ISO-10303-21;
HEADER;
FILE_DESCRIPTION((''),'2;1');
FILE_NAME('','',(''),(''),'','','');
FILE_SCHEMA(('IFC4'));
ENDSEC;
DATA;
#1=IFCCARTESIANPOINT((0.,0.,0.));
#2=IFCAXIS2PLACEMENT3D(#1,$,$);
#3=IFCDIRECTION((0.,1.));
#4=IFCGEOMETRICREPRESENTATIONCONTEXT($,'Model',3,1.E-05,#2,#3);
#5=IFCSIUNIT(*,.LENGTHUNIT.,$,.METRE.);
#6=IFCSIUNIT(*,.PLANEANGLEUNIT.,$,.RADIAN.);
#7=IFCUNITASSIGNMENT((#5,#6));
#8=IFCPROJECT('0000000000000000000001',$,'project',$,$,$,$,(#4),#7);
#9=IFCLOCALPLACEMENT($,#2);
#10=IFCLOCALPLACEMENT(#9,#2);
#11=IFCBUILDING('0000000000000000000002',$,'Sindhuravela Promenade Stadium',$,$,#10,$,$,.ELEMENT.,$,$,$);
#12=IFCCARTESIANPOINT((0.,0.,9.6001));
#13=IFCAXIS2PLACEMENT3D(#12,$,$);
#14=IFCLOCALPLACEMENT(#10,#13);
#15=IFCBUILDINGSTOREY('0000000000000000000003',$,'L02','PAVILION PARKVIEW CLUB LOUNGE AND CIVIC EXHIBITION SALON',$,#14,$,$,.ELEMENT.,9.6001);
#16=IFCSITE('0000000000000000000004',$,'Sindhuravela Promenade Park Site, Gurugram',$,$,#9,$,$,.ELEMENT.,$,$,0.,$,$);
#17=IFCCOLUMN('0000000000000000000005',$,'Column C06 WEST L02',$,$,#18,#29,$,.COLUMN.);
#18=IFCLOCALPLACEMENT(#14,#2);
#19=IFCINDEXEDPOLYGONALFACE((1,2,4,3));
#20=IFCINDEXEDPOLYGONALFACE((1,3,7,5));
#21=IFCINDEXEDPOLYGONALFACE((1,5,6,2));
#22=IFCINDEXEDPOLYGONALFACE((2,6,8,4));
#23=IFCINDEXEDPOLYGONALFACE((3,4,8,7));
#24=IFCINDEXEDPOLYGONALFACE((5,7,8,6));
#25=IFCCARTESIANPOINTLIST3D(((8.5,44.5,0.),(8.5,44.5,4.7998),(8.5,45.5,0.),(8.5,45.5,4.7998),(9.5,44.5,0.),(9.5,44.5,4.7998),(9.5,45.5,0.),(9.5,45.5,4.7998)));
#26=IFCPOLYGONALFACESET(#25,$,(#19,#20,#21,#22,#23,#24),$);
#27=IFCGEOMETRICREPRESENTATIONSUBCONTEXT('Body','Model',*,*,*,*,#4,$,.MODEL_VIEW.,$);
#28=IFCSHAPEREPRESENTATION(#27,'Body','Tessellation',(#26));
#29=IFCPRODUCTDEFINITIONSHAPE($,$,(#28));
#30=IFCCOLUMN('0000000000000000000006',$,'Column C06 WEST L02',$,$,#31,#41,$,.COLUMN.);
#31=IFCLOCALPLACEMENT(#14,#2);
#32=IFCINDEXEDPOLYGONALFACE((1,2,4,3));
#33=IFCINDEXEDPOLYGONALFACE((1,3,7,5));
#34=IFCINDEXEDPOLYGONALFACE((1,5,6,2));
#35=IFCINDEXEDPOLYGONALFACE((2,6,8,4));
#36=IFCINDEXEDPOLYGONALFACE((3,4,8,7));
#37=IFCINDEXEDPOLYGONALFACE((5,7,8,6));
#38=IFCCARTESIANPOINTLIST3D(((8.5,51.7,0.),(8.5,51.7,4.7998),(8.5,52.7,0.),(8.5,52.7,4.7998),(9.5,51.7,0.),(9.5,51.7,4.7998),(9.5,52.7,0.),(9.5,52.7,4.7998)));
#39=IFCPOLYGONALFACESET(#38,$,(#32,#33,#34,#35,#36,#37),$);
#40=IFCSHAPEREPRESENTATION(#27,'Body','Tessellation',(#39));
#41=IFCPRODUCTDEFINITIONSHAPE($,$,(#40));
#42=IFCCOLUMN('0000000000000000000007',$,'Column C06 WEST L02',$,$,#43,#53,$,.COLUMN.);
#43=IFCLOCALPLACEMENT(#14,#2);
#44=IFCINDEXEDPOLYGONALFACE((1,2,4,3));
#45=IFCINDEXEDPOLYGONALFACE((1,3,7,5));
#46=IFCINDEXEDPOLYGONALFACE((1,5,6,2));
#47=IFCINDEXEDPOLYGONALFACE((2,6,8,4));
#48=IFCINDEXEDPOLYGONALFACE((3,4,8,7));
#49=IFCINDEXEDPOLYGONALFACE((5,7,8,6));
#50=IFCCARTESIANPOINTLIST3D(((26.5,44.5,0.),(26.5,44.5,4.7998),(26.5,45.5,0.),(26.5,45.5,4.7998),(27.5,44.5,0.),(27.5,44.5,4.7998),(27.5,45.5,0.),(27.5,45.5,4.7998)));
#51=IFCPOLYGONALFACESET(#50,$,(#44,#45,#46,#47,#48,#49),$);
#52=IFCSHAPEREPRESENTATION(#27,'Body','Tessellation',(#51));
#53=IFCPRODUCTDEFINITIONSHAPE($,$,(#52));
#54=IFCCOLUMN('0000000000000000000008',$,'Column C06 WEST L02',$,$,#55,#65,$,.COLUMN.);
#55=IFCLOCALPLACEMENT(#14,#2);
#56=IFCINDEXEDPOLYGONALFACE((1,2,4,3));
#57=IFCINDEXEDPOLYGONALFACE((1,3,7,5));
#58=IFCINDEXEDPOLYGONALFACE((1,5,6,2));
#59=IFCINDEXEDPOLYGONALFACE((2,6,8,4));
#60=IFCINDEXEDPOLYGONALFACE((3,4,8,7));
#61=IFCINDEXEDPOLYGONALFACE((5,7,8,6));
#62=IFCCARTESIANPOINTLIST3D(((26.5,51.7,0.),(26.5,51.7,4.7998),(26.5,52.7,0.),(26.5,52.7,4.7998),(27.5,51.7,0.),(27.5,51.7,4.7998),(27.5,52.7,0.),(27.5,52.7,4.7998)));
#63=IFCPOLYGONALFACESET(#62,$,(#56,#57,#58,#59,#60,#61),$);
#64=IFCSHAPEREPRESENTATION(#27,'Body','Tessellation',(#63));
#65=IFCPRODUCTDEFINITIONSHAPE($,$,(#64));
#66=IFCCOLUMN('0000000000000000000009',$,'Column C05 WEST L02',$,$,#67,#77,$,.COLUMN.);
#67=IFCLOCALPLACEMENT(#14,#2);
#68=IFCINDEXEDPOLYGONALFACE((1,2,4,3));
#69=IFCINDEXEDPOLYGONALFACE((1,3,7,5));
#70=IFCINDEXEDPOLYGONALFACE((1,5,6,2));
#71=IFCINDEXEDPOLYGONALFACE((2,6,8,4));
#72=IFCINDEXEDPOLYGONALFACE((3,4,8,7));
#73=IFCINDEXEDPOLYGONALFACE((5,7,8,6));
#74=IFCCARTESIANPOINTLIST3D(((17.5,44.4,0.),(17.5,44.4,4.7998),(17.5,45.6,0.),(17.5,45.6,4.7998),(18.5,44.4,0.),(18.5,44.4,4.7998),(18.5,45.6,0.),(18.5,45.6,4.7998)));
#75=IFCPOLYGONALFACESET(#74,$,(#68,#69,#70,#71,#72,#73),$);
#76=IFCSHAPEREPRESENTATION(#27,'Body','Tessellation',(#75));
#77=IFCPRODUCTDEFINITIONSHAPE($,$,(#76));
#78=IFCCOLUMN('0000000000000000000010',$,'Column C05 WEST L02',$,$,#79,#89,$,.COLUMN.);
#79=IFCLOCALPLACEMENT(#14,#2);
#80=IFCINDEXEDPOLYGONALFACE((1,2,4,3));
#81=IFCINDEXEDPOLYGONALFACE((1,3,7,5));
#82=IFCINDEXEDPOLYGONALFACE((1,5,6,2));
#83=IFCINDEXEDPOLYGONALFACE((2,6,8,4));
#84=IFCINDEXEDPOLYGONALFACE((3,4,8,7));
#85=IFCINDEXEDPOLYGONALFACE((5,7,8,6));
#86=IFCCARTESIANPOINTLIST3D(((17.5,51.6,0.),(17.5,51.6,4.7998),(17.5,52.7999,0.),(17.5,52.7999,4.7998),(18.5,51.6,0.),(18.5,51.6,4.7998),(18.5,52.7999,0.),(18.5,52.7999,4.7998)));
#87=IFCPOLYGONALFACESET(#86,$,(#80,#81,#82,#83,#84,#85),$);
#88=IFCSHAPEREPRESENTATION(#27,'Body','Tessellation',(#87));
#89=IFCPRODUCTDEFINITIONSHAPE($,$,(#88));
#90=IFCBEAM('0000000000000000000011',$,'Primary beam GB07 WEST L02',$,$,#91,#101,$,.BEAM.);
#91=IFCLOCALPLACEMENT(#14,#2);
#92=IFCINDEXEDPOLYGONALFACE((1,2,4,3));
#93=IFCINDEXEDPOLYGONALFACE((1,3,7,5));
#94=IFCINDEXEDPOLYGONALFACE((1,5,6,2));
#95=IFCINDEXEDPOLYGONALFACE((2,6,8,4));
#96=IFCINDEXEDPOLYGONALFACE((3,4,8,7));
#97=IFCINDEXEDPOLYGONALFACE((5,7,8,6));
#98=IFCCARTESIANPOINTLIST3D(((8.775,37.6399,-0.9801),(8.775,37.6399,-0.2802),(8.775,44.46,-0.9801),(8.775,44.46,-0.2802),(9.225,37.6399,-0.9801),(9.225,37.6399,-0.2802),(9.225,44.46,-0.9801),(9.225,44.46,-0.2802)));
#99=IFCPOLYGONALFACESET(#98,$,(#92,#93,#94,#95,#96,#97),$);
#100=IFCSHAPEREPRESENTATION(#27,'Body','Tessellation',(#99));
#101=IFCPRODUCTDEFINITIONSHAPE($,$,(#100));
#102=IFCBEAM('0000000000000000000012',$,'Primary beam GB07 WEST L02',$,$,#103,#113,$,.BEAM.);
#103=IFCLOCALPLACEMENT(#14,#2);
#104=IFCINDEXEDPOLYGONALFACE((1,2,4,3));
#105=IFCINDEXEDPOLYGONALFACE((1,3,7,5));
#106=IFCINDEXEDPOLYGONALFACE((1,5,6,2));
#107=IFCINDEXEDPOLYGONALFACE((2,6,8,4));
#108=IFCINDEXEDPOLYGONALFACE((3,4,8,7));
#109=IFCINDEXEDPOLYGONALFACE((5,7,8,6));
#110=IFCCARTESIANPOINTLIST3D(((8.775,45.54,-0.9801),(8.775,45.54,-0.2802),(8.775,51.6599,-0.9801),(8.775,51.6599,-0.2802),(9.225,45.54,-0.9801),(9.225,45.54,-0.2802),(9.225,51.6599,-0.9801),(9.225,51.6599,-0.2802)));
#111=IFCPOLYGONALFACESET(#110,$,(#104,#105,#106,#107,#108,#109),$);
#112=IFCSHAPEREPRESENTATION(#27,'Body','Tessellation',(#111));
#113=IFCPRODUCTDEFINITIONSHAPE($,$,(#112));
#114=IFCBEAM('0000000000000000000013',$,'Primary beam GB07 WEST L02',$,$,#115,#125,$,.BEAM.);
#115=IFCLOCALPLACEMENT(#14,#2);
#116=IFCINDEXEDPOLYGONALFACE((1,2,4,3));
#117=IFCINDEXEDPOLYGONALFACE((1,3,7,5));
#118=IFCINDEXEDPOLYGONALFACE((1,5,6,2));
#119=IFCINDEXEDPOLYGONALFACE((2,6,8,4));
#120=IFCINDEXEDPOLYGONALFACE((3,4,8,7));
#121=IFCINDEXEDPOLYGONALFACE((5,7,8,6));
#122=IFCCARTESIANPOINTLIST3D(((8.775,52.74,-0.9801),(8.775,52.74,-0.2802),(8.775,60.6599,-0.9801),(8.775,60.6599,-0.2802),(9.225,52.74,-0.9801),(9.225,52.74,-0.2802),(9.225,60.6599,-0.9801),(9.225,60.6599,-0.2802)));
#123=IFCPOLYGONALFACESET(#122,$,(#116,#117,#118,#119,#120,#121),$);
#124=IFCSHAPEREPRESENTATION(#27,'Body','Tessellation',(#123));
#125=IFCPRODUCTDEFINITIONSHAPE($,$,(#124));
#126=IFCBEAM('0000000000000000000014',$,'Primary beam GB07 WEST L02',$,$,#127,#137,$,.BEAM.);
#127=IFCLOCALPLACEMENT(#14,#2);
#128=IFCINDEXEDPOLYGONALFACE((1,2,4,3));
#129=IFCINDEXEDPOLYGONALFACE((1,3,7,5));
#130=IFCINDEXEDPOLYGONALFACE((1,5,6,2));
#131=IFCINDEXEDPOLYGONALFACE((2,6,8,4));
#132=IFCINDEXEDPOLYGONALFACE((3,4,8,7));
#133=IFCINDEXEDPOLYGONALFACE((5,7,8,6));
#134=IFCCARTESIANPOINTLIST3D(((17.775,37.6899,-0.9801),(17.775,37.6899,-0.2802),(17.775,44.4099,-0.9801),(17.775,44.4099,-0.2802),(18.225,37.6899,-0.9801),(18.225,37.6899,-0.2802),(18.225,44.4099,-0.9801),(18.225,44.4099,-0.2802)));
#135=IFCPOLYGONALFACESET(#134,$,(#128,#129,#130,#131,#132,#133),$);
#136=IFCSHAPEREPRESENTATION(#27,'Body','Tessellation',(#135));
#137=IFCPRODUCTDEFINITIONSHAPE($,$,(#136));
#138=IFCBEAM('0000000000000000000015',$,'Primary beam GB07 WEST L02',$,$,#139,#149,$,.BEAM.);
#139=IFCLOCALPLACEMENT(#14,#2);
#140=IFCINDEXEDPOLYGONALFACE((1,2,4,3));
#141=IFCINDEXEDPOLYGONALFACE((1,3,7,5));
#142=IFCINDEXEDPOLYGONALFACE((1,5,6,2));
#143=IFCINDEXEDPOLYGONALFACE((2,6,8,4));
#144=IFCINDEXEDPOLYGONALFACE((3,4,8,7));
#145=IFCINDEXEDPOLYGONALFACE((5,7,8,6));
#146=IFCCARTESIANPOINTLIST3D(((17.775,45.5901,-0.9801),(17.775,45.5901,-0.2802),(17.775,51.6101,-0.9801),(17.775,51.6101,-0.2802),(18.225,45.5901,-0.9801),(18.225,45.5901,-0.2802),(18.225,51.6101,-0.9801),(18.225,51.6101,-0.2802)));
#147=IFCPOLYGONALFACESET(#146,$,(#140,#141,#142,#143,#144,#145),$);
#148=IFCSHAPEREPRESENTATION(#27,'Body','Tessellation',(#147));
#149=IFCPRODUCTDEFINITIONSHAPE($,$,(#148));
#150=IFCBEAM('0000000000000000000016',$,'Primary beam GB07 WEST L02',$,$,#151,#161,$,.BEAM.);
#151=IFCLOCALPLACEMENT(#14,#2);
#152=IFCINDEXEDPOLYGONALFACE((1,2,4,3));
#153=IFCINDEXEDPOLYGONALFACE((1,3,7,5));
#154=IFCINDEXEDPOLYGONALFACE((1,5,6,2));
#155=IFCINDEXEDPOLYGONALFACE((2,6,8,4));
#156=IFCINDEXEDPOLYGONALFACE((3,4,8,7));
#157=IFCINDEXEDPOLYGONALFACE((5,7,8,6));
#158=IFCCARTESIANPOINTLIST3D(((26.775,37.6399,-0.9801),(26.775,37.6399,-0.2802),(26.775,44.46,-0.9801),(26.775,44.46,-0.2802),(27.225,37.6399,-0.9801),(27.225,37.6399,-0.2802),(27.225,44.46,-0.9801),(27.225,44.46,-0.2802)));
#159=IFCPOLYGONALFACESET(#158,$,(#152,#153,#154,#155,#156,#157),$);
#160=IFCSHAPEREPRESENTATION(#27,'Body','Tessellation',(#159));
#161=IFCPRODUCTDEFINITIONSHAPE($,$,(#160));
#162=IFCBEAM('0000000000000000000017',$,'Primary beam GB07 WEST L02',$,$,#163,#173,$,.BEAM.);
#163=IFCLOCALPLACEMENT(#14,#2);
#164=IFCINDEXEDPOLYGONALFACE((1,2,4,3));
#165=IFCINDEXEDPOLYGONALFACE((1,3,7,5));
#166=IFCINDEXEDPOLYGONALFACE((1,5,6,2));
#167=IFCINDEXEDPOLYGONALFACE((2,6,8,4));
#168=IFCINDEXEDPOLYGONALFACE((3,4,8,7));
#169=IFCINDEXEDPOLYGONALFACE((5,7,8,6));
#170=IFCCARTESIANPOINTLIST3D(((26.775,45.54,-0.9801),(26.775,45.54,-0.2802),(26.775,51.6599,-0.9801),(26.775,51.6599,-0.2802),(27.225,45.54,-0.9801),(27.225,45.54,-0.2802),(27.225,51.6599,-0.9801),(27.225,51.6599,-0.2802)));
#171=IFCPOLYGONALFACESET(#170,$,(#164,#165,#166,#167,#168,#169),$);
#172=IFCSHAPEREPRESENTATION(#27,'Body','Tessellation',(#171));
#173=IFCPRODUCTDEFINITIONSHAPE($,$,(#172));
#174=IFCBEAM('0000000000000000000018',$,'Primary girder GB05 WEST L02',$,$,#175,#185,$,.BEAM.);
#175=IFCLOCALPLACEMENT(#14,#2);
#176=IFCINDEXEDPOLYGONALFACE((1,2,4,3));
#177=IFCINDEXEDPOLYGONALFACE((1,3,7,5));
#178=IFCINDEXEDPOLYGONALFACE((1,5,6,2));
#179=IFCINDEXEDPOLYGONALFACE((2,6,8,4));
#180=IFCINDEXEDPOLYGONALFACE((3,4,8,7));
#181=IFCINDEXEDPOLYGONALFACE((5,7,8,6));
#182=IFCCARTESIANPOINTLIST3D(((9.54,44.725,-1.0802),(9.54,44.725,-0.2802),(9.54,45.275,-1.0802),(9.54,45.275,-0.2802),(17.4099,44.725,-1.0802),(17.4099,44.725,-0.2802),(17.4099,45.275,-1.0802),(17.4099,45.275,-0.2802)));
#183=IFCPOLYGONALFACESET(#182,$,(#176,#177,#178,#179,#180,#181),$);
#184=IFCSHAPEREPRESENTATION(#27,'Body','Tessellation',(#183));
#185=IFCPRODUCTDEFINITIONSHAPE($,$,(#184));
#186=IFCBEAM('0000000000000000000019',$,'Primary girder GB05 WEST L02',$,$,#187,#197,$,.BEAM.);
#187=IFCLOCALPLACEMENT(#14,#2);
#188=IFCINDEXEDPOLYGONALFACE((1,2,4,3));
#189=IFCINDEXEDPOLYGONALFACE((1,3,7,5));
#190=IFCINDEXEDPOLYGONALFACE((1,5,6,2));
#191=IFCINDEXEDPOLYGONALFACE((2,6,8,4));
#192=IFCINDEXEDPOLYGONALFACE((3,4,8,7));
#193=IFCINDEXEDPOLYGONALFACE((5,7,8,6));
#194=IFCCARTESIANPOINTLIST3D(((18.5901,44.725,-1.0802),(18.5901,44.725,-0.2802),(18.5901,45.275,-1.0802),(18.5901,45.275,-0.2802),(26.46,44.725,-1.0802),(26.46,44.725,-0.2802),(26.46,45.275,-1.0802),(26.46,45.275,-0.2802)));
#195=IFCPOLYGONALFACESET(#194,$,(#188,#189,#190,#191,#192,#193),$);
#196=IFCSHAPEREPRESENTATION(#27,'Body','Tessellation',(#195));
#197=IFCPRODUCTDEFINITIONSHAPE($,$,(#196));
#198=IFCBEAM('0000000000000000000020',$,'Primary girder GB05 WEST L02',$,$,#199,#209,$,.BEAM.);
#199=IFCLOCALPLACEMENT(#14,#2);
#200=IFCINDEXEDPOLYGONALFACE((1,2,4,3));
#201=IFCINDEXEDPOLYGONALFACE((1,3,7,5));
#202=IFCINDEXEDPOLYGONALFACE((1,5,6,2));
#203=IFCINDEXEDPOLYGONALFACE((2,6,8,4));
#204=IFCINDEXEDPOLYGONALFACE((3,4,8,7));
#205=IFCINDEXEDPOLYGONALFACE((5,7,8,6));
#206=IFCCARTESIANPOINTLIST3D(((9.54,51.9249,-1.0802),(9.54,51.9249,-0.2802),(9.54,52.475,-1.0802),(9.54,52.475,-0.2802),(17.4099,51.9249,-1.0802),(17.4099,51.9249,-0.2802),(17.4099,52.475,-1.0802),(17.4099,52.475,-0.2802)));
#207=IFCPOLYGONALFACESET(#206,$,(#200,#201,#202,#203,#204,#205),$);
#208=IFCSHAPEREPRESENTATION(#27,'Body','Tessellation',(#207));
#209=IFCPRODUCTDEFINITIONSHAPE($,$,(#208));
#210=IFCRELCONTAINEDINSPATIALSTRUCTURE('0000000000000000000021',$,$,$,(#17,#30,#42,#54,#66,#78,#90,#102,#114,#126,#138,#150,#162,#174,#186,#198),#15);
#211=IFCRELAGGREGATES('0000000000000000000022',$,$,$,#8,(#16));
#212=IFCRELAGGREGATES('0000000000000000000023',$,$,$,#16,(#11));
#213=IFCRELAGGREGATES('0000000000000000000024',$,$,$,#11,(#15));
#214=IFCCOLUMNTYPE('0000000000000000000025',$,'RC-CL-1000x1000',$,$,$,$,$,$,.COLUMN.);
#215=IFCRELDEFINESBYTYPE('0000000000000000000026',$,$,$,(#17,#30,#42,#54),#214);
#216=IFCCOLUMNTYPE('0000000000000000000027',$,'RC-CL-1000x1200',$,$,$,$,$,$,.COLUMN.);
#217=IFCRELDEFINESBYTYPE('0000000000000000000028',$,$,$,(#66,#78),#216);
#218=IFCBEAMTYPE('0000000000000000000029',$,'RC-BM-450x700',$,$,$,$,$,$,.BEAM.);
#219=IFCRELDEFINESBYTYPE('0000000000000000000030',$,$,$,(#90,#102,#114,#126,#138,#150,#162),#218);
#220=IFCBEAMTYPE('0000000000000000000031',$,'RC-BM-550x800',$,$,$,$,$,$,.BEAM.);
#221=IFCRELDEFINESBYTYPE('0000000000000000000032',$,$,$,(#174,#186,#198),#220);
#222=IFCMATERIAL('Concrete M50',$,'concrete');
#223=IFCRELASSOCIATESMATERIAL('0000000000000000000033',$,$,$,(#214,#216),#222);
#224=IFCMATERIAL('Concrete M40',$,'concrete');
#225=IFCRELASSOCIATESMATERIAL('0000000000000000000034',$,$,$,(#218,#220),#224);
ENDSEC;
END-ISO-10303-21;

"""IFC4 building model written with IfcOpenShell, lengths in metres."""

from ifc_helpers import new_model, si_unit, direction, frame, origin, origin_2d, place, context, subcontext, project, spatial, rectangle, extrude, material, material_profile, profile_set, type_object, element, save


model = new_model("IFC4")

# Units and contexts
model_context = context("Model", 3, precision=1e-05, world=origin(), true_north=direction((0.0, 1.0)))
body_context = subcontext(model_context, "Body", "Model", "MODEL_VIEW")
ifc_project = project(units=[si_unit("LENGTHUNIT", "METRE"), si_unit("PLANEANGLEUNIT", "RADIAN")], contexts=[model_context])

# Site, building, storey
site_placement = place(None, origin())
site = spatial("IfcSite", under=ifc_project, at=site_placement, Name="Sindhuravela Promenade Park Site, Gurugram", CompositionType="ELEMENT", RefElevation=0.0)
building_placement = place(site_placement, origin())
building = spatial("IfcBuilding", under=site, at=building_placement, Name="Sindhuravela Promenade Stadium", CompositionType="ELEMENT")
storey_placement = place(building_placement, frame((0.0, 0.0, 9.6001)))
storey = spatial("IfcBuildingStorey", under=building, at=storey_placement, Name="L02", Description="PAVILION PARKVIEW CLUB LOUNGE AND CIVIC EXHIBITION SALON", CompositionType="ELEMENT", Elevation=9.6001)

# Columns
ifc_material_1 = material(Name="Concrete M50", Category="concrete")
ifc_material_profile_1 = material_profile(ifc_material_1, rectangle(XDim=1.0, YDim=1.0, at=origin_2d()), Name="RC 1000x1000")
ifc_profile_set_1 = profile_set([ifc_material_profile_1], Name="Concrete M50")
column_type_1 = type_object("IfcColumnType", Name="RC-CL-1000x1000", PredefinedType="COLUMN", material=ifc_profile_set_1)
for number, where, z_axis, x_axis, name in (
    (1, (9.0, 45.0, 0.0), (0.0, 0.0, 1.0), (1.0, 0.0, 0.0), "Column C06 WEST L02"),
    (2, (9.0, 52.2, 0.0), (0.0, 0.0, 1.0), (1.0, 0.0, 0.0), "Column C06 WEST L02"),
    (3, (27.0, 45.0, 0.0), (0.0, 0.0, 1.0), (1.0, 0.0, 0.0), "Column C06 WEST L02"),
    (4, (27.0, 52.2, 0.0), (0.0, 0.0, 1.0), (1.0, 0.0, 0.0), "Column C06 WEST L02"),
):
    element("IfcColumn", number, at=place(storey_placement, frame(where, z_axis=z_axis, x_axis=x_axis)), inside=storey, type_object=column_type_1, Name=name, PredefinedType="COLUMN", context=body_context, shape_type="SweptSolid", body=[
        extrude(rectangle(XDim=1.0, YDim=1.0, at=origin_2d()), origin(), (0.0, 0.0, 1.0), 4.7998),
    ])
ifc_material_profile_2 = material_profile(ifc_material_1, rectangle(XDim=1.0, YDim=1.2, at=origin_2d()), Name="RC 1000x1200")
ifc_profile_set_2 = profile_set([ifc_material_profile_2], Name="Concrete M50")
column_type_2 = type_object("IfcColumnType", Name="RC-CL-1000x1200", PredefinedType="COLUMN", material=ifc_profile_set_2)
for number, where, z_axis, x_axis, name in (
    (5, (18.0, 45.0, 0.0), (0.0, 0.0, 1.0), (1.0, 0.0, 0.0), "Column C05 WEST L02"),
    (6, (18.0, 52.2, 0.0), (0.0, 0.0, 1.0), (1.0, 0.0, 0.0), "Column C05 WEST L02"),
):
    element("IfcColumn", number, at=place(storey_placement, frame(where, z_axis=z_axis, x_axis=x_axis)), inside=storey, type_object=column_type_2, Name=name, PredefinedType="COLUMN", context=body_context, shape_type="SweptSolid", body=[
        extrude(rectangle(XDim=1.0, YDim=1.2, at=origin_2d()), origin(), (0.0, 0.0, 1.0), 4.7998),
    ])

# Beams
ifc_material_2 = material(Name="Concrete M40", Category="concrete")
ifc_material_profile_3 = material_profile(ifc_material_2, rectangle(XDim=0.45, YDim=0.7, at=origin_2d()), Name="RC 450x700")
ifc_profile_set_3 = profile_set([ifc_material_profile_3], Name="Concrete M40")
beam_type_1 = type_object("IfcBeamType", Name="RC-BM-450x700", PredefinedType="BEAM", material=ifc_profile_set_3)
beam_1_placement = place(storey_placement, frame((9.0, 37.6399, -0.6301), z_axis=(0.0, 1.0, 0.0), x_axis=(-1.0, 0.0, 0.0)))
element("IfcBeam", 7, at=beam_1_placement, inside=storey, type_object=beam_type_1, Name="Primary beam GB07 WEST L02", PredefinedType="BEAM", context=body_context, shape_type="SweptSolid", body=[
    extrude(rectangle(XDim=0.45, YDim=0.7, at=origin_2d()), origin(), (0.0, 0.0, 1.0), 6.8201),
])
beam_2_placement = place(storey_placement, frame((9.0, 45.54, -0.6301), z_axis=(0.0, 1.0, 0.0), x_axis=(-1.0, 0.0, 0.0)))
element("IfcBeam", 8, at=beam_2_placement, inside=storey, type_object=beam_type_1, Name="Primary beam GB07 WEST L02", PredefinedType="BEAM", context=body_context, shape_type="SweptSolid", body=[
    extrude(rectangle(XDim=0.45, YDim=0.7, at=origin_2d()), origin(), (0.0, 0.0, 1.0), 6.1199),
])
beam_3_placement = place(storey_placement, frame((9.0, 52.74, -0.6301), z_axis=(0.0, 1.0, 0.0), x_axis=(-1.0, 0.0, 0.0)))
element("IfcBeam", 9, at=beam_3_placement, inside=storey, type_object=beam_type_1, Name="Primary beam GB07 WEST L02", PredefinedType="BEAM", context=body_context, shape_type="SweptSolid", body=[
    extrude(rectangle(XDim=0.45, YDim=0.7, at=origin_2d()), origin(), (0.0, 0.0, 1.0), 7.9199),
])
beam_4_placement = place(storey_placement, frame((18.0, 37.6899, -0.6301), z_axis=(0.0, 1.0, 0.0), x_axis=(-1.0, 0.0, 0.0)))
element("IfcBeam", 10, at=beam_4_placement, inside=storey, type_object=beam_type_1, Name="Primary beam GB07 WEST L02", PredefinedType="BEAM", context=body_context, shape_type="SweptSolid", body=[
    extrude(rectangle(XDim=0.45, YDim=0.7, at=origin_2d()), origin(), (0.0, 0.0, 1.0), 6.72),
])
beam_5_placement = place(storey_placement, frame((18.0, 45.5901, -0.6301), z_axis=(0.0, 1.0, 0.0), x_axis=(-1.0, 0.0, 0.0)))
element("IfcBeam", 11, at=beam_5_placement, inside=storey, type_object=beam_type_1, Name="Primary beam GB07 WEST L02", PredefinedType="BEAM", context=body_context, shape_type="SweptSolid", body=[
    extrude(rectangle(XDim=0.45, YDim=0.7, at=origin_2d()), origin(), (0.0, 0.0, 1.0), 6.02),
])
beam_6_placement = place(storey_placement, frame((27.0, 37.6399, -0.6301), z_axis=(0.0, 1.0, 0.0), x_axis=(-1.0, 0.0, 0.0)))
element("IfcBeam", 12, at=beam_6_placement, inside=storey, type_object=beam_type_1, Name="Primary beam GB07 WEST L02", PredefinedType="BEAM", context=body_context, shape_type="SweptSolid", body=[
    extrude(rectangle(XDim=0.45, YDim=0.7, at=origin_2d()), origin(), (0.0, 0.0, 1.0), 6.8201),
])
beam_7_placement = place(storey_placement, frame((27.0, 45.54, -0.6301), z_axis=(0.0, 1.0, 0.0), x_axis=(-1.0, 0.0, 0.0)))
element("IfcBeam", 13, at=beam_7_placement, inside=storey, type_object=beam_type_1, Name="Primary beam GB07 WEST L02", PredefinedType="BEAM", context=body_context, shape_type="SweptSolid", body=[
    extrude(rectangle(XDim=0.45, YDim=0.7, at=origin_2d()), origin(), (0.0, 0.0, 1.0), 6.1199),
])
ifc_material_profile_4 = material_profile(ifc_material_2, rectangle(XDim=0.55, YDim=0.8, at=origin_2d()), Name="RC 550x800")
ifc_profile_set_4 = profile_set([ifc_material_profile_4], Name="Concrete M40")
beam_type_2 = type_object("IfcBeamType", Name="RC-BM-550x800", PredefinedType="BEAM", material=ifc_profile_set_4)
for number, where, z_axis, x_axis, name in (
    (14, (9.54, 45.0, -0.6802), (1.0, 0.0, 0.0), (0.0, 1.0, 0.0), "Primary girder GB05 WEST L02"),
    (15, (18.5901, 45.0, -0.6802), (1.0, 0.0, 0.0), (0.0, 1.0, 0.0), "Primary girder GB05 WEST L02"),
    (16, (9.54, 52.2, -0.6802), (1.0, 0.0, 0.0), (0.0, 1.0, 0.0), "Primary girder GB05 WEST L02"),
):
    element("IfcBeam", number, at=place(storey_placement, frame(where, z_axis=z_axis, x_axis=x_axis)), inside=storey, type_object=beam_type_2, Name=name, PredefinedType="BEAM", context=body_context, shape_type="SweptSolid", body=[
        extrude(rectangle(XDim=0.55, YDim=0.8, at=origin_2d()), origin(), (0.0, 0.0, 1.0), 7.8699),
    ])

save(model, "model.ifc")
